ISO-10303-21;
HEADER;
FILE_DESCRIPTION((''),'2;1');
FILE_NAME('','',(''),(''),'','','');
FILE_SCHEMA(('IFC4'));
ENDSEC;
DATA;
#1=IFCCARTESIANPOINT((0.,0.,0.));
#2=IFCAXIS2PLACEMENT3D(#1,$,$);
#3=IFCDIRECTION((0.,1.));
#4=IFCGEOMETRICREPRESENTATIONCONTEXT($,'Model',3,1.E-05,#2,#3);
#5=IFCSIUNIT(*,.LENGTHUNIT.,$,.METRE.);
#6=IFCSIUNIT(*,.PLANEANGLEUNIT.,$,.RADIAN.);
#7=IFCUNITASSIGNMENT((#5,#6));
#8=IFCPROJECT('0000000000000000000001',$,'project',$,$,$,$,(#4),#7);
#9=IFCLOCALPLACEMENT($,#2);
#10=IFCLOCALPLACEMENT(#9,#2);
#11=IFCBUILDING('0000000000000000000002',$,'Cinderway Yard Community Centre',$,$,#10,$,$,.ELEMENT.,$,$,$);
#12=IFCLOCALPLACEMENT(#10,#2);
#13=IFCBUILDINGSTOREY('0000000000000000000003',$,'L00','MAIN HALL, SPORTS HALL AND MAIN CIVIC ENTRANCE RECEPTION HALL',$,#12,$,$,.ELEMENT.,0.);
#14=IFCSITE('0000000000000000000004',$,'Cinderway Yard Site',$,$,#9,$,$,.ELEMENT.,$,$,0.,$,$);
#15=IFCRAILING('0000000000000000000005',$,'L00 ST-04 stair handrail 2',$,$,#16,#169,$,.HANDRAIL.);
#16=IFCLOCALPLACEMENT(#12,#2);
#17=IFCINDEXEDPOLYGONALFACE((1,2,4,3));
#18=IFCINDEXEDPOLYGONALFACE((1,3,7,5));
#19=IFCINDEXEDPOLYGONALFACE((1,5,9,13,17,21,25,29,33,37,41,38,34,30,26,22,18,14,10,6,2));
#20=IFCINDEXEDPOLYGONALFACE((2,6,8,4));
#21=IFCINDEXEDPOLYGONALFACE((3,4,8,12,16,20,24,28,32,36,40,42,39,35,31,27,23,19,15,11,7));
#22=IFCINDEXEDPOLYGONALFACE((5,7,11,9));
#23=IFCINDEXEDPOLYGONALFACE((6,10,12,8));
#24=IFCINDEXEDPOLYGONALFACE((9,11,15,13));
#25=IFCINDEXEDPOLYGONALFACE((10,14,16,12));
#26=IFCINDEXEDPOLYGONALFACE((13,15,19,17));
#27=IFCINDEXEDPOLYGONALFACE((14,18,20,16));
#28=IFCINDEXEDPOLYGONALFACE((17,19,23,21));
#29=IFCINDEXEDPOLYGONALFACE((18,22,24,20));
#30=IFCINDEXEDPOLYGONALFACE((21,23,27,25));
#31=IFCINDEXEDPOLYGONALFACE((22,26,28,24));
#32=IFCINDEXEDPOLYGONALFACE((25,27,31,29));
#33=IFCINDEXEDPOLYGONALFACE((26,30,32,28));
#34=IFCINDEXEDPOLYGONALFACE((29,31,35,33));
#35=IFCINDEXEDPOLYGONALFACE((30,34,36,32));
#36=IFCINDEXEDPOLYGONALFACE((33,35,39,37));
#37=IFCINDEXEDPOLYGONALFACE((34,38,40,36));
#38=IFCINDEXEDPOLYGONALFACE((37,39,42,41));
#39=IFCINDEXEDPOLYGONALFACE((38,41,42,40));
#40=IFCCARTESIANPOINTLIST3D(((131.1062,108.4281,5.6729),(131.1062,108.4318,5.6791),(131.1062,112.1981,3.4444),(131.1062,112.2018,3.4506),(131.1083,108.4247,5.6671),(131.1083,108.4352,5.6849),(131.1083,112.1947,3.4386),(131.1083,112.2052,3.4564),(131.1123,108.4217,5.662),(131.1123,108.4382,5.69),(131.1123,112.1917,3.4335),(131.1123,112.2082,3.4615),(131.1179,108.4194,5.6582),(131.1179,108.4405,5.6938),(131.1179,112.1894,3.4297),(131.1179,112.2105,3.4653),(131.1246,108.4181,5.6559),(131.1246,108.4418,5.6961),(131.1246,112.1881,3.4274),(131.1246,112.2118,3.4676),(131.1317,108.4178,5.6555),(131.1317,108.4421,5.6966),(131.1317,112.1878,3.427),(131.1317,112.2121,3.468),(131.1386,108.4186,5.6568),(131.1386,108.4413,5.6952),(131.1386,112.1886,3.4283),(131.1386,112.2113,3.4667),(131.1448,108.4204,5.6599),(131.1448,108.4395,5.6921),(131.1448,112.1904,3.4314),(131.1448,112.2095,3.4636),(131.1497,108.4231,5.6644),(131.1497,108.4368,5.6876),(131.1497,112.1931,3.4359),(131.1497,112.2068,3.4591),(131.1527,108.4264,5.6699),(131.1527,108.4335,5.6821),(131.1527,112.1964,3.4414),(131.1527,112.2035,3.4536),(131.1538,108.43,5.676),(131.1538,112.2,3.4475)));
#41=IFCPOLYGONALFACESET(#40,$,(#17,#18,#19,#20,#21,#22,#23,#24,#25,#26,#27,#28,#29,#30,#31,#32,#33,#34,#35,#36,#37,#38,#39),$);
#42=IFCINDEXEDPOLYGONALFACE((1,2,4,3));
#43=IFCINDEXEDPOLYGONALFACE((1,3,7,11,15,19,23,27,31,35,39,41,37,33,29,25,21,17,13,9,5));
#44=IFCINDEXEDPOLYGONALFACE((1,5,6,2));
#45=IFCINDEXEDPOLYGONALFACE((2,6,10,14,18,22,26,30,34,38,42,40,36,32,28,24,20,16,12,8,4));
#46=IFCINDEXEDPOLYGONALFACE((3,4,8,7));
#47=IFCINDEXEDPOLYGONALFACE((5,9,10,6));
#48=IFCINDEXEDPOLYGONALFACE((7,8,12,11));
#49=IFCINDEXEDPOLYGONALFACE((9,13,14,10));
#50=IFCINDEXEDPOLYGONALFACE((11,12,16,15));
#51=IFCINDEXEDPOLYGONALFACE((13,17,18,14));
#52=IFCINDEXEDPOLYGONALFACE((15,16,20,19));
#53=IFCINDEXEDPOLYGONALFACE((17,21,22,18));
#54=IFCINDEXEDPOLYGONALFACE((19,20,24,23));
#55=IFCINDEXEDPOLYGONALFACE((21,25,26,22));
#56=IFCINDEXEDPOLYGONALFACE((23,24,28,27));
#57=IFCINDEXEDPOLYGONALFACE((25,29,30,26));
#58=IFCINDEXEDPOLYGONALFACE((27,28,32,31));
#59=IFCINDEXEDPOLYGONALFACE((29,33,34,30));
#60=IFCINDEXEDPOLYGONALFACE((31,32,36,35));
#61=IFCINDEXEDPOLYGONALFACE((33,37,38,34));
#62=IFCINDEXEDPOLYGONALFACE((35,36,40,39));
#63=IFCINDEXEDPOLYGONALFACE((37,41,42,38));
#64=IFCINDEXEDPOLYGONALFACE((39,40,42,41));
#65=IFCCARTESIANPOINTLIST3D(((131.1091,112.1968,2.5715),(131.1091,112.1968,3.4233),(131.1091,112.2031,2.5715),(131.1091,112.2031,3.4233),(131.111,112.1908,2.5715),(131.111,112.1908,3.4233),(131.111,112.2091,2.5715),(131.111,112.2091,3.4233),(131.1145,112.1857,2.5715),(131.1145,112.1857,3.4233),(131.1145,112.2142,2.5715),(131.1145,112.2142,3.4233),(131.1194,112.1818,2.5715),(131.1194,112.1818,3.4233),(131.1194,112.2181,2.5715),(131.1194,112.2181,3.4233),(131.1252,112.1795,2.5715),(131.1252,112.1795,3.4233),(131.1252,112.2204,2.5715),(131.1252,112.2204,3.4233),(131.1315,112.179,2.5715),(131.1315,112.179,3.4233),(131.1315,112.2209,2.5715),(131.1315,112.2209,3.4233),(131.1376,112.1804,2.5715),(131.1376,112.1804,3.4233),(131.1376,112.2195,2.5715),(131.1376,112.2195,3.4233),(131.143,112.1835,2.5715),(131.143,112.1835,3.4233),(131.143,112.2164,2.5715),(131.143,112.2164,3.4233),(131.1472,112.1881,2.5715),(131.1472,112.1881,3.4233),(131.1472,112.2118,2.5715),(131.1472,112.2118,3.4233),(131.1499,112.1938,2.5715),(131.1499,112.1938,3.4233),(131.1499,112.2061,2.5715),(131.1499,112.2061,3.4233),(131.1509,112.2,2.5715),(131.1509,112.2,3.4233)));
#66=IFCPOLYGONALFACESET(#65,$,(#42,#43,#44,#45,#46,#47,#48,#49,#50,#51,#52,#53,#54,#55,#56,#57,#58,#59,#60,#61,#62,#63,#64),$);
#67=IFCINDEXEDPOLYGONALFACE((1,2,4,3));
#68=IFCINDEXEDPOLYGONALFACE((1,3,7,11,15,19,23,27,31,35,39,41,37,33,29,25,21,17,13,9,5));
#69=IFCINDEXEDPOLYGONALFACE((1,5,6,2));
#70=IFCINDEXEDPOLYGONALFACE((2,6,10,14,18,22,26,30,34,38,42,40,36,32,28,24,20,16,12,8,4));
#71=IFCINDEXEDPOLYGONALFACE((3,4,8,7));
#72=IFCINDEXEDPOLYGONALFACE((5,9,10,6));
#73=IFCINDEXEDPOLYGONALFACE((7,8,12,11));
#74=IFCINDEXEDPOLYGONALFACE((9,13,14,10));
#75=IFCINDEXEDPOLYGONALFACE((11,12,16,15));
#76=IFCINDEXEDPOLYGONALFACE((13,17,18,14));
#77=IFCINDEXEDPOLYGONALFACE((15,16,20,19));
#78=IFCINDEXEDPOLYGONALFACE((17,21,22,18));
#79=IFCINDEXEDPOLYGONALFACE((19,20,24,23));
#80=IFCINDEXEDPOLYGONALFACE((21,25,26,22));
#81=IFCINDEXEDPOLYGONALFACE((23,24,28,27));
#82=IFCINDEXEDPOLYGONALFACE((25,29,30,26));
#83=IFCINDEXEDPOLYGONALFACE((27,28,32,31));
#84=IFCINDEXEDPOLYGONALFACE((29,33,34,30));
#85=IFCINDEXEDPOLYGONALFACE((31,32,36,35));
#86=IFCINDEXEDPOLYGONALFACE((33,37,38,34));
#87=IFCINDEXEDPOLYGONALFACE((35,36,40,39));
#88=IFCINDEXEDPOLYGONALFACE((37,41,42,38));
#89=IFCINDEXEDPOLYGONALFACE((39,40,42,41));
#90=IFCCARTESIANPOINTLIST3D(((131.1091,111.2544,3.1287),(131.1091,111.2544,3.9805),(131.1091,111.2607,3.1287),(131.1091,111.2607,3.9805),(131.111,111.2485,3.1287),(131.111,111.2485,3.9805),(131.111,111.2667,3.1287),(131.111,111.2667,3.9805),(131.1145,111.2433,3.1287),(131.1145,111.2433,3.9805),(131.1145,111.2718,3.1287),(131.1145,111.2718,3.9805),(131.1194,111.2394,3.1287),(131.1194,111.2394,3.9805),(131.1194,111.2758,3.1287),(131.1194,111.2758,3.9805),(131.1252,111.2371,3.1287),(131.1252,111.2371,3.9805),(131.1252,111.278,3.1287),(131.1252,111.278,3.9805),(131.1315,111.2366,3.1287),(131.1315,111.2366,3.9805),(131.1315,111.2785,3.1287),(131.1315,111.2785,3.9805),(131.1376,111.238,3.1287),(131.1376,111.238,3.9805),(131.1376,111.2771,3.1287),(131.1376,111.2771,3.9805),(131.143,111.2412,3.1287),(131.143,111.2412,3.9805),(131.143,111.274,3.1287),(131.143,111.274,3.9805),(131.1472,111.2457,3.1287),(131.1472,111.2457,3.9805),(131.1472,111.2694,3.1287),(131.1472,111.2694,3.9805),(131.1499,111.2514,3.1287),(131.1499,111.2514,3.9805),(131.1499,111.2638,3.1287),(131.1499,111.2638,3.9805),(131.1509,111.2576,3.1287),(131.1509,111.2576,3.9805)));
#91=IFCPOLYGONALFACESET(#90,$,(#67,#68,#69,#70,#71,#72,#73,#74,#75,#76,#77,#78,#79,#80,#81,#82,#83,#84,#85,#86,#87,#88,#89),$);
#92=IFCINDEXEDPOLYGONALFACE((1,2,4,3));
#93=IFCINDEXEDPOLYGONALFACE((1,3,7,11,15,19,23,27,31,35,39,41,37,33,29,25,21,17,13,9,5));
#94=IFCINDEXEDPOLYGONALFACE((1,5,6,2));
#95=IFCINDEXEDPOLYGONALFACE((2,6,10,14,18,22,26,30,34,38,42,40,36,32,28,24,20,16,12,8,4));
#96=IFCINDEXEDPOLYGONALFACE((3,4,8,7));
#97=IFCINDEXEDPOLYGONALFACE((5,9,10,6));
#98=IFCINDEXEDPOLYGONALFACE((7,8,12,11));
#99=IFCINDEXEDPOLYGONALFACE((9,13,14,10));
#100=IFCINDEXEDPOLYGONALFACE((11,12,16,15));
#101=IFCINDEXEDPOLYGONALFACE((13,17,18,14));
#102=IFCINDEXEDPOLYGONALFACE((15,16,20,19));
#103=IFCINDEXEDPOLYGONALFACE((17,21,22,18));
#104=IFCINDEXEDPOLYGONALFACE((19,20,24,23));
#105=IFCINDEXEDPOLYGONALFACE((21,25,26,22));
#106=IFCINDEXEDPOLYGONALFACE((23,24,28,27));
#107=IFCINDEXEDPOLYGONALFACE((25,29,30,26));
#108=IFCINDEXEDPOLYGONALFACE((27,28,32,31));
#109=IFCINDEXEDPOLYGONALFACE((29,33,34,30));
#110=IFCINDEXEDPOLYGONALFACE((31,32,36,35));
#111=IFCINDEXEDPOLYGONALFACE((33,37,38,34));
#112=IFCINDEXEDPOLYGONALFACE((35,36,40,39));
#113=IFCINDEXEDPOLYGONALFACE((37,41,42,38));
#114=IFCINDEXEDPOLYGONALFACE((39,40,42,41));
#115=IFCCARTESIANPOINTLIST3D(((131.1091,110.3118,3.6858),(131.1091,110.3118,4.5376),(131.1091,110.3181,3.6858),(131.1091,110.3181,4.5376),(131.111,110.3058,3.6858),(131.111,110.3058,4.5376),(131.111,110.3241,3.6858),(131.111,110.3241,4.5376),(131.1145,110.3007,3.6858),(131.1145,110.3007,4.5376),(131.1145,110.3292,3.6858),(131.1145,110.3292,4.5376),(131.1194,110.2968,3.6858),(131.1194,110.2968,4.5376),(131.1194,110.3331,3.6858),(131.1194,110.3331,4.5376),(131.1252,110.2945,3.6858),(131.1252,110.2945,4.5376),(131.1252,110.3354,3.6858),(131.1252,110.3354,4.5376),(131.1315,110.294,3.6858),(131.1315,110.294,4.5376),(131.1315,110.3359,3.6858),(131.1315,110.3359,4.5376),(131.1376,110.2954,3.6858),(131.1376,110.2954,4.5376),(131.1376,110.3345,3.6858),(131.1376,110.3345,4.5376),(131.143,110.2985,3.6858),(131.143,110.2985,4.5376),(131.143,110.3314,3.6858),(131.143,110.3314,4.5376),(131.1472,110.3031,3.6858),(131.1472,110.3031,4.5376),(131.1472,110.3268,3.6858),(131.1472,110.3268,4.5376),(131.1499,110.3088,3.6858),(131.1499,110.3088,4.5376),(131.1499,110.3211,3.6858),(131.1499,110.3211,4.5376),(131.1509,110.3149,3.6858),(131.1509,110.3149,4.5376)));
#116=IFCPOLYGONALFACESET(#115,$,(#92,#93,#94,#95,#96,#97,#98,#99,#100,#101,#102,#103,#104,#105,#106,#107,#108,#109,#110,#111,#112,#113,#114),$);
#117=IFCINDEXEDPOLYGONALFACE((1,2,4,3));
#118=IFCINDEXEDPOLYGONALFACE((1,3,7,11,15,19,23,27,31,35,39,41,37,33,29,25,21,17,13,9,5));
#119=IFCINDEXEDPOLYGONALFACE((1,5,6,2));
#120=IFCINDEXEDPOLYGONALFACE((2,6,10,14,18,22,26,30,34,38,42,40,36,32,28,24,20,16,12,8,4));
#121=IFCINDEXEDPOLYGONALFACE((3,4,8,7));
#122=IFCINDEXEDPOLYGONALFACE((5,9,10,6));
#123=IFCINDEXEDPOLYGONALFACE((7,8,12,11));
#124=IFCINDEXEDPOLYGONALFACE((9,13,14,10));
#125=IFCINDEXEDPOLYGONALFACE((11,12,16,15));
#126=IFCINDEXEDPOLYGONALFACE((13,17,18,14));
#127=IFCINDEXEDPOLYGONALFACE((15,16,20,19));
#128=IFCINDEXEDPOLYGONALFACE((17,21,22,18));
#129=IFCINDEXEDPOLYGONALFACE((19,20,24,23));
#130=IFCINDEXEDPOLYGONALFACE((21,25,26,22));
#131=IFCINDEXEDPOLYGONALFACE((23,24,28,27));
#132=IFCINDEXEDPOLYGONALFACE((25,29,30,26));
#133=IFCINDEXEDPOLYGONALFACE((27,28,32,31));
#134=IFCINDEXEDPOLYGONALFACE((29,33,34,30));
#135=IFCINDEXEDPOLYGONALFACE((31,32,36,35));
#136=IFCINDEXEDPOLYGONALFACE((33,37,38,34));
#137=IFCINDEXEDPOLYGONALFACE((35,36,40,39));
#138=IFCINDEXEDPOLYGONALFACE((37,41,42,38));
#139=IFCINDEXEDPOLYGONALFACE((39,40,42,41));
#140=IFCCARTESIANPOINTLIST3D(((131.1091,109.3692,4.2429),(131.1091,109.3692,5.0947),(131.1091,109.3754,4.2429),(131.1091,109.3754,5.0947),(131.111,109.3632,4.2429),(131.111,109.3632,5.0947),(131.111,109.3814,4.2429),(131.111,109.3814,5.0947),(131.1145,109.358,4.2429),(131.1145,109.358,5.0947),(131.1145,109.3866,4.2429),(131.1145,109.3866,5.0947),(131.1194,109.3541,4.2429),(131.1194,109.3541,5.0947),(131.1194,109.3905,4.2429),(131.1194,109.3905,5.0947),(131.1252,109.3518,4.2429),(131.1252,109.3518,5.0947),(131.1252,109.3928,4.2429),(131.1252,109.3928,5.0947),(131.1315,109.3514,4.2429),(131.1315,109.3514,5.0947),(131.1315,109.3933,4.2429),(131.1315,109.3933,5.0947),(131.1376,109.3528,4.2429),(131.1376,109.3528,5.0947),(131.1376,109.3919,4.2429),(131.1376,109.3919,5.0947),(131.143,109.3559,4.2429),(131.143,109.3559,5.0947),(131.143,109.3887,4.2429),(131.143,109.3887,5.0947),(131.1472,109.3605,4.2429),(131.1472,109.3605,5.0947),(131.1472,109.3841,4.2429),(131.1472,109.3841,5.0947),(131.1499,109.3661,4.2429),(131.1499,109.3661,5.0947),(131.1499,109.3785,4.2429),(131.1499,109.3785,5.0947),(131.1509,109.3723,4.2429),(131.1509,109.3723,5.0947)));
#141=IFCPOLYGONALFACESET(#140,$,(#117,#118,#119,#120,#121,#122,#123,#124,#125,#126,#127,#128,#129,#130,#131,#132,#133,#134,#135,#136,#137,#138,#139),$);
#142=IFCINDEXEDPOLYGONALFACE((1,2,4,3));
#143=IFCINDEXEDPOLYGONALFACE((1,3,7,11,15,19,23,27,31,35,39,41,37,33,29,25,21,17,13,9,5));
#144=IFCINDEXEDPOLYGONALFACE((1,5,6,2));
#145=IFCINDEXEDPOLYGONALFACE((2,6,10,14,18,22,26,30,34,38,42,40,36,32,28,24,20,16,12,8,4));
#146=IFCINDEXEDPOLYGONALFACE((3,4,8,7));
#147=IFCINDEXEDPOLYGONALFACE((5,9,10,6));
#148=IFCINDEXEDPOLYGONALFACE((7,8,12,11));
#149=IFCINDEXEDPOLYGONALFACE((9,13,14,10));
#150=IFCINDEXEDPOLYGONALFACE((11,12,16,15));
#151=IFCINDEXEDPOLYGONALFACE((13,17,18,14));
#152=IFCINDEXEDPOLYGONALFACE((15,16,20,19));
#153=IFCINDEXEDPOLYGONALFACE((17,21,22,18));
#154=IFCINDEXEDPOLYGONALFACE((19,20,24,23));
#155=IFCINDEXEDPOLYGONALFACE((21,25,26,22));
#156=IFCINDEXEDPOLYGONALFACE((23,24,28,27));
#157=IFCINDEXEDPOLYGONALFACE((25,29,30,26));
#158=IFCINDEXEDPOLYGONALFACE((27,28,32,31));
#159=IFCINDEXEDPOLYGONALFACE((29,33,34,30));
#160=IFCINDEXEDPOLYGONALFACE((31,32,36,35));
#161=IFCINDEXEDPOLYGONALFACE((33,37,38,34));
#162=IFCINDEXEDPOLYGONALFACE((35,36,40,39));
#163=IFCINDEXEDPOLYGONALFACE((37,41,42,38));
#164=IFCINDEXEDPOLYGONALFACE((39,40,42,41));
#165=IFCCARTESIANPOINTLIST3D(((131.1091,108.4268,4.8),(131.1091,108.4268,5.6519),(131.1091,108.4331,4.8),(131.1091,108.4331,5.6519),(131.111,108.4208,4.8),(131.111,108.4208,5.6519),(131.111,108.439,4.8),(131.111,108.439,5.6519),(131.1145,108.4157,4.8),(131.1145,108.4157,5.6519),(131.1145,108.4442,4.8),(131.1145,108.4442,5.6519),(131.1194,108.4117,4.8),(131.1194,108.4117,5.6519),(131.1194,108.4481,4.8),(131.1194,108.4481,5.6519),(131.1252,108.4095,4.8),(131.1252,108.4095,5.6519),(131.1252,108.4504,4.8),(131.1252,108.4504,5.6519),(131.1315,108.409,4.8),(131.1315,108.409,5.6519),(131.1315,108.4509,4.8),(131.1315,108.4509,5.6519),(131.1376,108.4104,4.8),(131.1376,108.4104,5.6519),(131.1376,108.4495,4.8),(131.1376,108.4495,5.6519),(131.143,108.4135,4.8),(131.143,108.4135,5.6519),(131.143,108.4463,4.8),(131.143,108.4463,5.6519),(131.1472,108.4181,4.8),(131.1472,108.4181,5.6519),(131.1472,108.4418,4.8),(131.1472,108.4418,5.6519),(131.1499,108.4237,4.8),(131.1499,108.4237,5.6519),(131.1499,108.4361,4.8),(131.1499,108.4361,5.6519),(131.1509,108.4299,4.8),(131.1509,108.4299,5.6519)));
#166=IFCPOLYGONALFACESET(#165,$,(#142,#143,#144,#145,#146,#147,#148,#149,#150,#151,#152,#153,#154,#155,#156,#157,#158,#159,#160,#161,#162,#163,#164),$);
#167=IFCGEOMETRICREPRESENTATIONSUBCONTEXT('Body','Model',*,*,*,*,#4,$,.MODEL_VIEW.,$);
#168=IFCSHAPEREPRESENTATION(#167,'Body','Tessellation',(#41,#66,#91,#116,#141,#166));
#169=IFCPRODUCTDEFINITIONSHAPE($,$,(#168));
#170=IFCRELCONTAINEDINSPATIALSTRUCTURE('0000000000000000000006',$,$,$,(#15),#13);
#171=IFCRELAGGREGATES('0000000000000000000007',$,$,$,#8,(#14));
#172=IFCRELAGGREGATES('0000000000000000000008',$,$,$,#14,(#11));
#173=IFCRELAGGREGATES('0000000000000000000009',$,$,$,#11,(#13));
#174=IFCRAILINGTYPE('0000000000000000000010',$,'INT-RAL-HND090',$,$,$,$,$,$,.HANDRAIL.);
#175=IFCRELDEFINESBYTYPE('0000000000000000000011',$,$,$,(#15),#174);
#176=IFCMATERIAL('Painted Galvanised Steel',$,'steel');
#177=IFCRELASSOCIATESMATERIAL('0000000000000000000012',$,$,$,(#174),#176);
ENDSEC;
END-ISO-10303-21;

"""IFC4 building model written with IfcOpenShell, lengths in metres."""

from ifc_helpers import new_model, si_unit, direction, frame, origin, origin_2d, place, context, subcontext, project, spatial, circle, extrude, material, type_object, element, save


model = new_model("IFC4")

# Units and contexts
model_context = context("Model", 3, precision=1e-05, world=origin(), true_north=direction((0.0, 1.0)))
body_context = subcontext(model_context, "Body", "Model", "MODEL_VIEW")
ifc_project = project(units=[si_unit("LENGTHUNIT", "METRE"), si_unit("PLANEANGLEUNIT", "RADIAN")], contexts=[model_context])

# Site, building, storey
site_placement = place(None, origin())
site = spatial("IfcSite", under=ifc_project, at=site_placement, Name="Cinderway Yard Site", CompositionType="ELEMENT", RefElevation=0.0)
building_placement = place(site_placement, origin())
building = spatial("IfcBuilding", under=site, at=building_placement, Name="Cinderway Yard Community Centre", CompositionType="ELEMENT")
storey_placement = place(building_placement, origin())
storey = spatial("IfcBuildingStorey", under=building, at=storey_placement, Name="L00", Description="MAIN HALL, SPORTS HALL AND MAIN CIVIC ENTRANCE RECEPTION HALL", CompositionType="ELEMENT", Elevation=0.0)

# Railing
ifc_material_1 = material(Name="Painted Galvanised Steel", Category="steel")
railing_type_1 = type_object("IfcRailingType", Name="INT-RAL-HND090", PredefinedType="HANDRAIL", material=ifc_material_1)
railing_1_placement = place(storey_placement, frame((131.1299, 112.2, 2.5715)))
element("IfcRailing", 1, at=railing_1_placement, inside=storey, type_object=railing_type_1, Name="L00 ST-04 stair handrail 2", PredefinedType="HANDRAIL", context=body_context, shape_type="SweptSolid", body=[
    extrude(circle(Radius=0.0239, at=origin_2d()), frame((0.0, 0.0, 0.876), z_axis=(0.0, -0.860849, 0.508861), x_axis=(1.0, 0.0, 0.0)), (0.0, 0.0, 1.0), 4.3794),
    extrude(circle(Radius=0.021, at=origin_2d()), origin(), (0.0, 0.0, 1.0), 0.8518),
    extrude(circle(Radius=0.021, at=origin_2d()), frame((0.0, -0.9424, 0.5571)), (0.0, 0.0, 1.0), 0.8518),
    extrude(circle(Radius=0.021, at=origin_2d()), frame((0.0, -1.885, 1.1143)), (0.0, 0.0, 1.0), 0.8518),
    extrude(circle(Radius=0.021, at=origin_2d()), frame((0.0, -2.8276, 1.6714)), (0.0, 0.0, 1.0), 0.8518),
    extrude(circle(Radius=0.021, at=origin_2d()), frame((0.0, -3.77, 2.2285)), (0.0, 0.0, 1.0), 0.8518),
])

save(model, "model.ifc")
